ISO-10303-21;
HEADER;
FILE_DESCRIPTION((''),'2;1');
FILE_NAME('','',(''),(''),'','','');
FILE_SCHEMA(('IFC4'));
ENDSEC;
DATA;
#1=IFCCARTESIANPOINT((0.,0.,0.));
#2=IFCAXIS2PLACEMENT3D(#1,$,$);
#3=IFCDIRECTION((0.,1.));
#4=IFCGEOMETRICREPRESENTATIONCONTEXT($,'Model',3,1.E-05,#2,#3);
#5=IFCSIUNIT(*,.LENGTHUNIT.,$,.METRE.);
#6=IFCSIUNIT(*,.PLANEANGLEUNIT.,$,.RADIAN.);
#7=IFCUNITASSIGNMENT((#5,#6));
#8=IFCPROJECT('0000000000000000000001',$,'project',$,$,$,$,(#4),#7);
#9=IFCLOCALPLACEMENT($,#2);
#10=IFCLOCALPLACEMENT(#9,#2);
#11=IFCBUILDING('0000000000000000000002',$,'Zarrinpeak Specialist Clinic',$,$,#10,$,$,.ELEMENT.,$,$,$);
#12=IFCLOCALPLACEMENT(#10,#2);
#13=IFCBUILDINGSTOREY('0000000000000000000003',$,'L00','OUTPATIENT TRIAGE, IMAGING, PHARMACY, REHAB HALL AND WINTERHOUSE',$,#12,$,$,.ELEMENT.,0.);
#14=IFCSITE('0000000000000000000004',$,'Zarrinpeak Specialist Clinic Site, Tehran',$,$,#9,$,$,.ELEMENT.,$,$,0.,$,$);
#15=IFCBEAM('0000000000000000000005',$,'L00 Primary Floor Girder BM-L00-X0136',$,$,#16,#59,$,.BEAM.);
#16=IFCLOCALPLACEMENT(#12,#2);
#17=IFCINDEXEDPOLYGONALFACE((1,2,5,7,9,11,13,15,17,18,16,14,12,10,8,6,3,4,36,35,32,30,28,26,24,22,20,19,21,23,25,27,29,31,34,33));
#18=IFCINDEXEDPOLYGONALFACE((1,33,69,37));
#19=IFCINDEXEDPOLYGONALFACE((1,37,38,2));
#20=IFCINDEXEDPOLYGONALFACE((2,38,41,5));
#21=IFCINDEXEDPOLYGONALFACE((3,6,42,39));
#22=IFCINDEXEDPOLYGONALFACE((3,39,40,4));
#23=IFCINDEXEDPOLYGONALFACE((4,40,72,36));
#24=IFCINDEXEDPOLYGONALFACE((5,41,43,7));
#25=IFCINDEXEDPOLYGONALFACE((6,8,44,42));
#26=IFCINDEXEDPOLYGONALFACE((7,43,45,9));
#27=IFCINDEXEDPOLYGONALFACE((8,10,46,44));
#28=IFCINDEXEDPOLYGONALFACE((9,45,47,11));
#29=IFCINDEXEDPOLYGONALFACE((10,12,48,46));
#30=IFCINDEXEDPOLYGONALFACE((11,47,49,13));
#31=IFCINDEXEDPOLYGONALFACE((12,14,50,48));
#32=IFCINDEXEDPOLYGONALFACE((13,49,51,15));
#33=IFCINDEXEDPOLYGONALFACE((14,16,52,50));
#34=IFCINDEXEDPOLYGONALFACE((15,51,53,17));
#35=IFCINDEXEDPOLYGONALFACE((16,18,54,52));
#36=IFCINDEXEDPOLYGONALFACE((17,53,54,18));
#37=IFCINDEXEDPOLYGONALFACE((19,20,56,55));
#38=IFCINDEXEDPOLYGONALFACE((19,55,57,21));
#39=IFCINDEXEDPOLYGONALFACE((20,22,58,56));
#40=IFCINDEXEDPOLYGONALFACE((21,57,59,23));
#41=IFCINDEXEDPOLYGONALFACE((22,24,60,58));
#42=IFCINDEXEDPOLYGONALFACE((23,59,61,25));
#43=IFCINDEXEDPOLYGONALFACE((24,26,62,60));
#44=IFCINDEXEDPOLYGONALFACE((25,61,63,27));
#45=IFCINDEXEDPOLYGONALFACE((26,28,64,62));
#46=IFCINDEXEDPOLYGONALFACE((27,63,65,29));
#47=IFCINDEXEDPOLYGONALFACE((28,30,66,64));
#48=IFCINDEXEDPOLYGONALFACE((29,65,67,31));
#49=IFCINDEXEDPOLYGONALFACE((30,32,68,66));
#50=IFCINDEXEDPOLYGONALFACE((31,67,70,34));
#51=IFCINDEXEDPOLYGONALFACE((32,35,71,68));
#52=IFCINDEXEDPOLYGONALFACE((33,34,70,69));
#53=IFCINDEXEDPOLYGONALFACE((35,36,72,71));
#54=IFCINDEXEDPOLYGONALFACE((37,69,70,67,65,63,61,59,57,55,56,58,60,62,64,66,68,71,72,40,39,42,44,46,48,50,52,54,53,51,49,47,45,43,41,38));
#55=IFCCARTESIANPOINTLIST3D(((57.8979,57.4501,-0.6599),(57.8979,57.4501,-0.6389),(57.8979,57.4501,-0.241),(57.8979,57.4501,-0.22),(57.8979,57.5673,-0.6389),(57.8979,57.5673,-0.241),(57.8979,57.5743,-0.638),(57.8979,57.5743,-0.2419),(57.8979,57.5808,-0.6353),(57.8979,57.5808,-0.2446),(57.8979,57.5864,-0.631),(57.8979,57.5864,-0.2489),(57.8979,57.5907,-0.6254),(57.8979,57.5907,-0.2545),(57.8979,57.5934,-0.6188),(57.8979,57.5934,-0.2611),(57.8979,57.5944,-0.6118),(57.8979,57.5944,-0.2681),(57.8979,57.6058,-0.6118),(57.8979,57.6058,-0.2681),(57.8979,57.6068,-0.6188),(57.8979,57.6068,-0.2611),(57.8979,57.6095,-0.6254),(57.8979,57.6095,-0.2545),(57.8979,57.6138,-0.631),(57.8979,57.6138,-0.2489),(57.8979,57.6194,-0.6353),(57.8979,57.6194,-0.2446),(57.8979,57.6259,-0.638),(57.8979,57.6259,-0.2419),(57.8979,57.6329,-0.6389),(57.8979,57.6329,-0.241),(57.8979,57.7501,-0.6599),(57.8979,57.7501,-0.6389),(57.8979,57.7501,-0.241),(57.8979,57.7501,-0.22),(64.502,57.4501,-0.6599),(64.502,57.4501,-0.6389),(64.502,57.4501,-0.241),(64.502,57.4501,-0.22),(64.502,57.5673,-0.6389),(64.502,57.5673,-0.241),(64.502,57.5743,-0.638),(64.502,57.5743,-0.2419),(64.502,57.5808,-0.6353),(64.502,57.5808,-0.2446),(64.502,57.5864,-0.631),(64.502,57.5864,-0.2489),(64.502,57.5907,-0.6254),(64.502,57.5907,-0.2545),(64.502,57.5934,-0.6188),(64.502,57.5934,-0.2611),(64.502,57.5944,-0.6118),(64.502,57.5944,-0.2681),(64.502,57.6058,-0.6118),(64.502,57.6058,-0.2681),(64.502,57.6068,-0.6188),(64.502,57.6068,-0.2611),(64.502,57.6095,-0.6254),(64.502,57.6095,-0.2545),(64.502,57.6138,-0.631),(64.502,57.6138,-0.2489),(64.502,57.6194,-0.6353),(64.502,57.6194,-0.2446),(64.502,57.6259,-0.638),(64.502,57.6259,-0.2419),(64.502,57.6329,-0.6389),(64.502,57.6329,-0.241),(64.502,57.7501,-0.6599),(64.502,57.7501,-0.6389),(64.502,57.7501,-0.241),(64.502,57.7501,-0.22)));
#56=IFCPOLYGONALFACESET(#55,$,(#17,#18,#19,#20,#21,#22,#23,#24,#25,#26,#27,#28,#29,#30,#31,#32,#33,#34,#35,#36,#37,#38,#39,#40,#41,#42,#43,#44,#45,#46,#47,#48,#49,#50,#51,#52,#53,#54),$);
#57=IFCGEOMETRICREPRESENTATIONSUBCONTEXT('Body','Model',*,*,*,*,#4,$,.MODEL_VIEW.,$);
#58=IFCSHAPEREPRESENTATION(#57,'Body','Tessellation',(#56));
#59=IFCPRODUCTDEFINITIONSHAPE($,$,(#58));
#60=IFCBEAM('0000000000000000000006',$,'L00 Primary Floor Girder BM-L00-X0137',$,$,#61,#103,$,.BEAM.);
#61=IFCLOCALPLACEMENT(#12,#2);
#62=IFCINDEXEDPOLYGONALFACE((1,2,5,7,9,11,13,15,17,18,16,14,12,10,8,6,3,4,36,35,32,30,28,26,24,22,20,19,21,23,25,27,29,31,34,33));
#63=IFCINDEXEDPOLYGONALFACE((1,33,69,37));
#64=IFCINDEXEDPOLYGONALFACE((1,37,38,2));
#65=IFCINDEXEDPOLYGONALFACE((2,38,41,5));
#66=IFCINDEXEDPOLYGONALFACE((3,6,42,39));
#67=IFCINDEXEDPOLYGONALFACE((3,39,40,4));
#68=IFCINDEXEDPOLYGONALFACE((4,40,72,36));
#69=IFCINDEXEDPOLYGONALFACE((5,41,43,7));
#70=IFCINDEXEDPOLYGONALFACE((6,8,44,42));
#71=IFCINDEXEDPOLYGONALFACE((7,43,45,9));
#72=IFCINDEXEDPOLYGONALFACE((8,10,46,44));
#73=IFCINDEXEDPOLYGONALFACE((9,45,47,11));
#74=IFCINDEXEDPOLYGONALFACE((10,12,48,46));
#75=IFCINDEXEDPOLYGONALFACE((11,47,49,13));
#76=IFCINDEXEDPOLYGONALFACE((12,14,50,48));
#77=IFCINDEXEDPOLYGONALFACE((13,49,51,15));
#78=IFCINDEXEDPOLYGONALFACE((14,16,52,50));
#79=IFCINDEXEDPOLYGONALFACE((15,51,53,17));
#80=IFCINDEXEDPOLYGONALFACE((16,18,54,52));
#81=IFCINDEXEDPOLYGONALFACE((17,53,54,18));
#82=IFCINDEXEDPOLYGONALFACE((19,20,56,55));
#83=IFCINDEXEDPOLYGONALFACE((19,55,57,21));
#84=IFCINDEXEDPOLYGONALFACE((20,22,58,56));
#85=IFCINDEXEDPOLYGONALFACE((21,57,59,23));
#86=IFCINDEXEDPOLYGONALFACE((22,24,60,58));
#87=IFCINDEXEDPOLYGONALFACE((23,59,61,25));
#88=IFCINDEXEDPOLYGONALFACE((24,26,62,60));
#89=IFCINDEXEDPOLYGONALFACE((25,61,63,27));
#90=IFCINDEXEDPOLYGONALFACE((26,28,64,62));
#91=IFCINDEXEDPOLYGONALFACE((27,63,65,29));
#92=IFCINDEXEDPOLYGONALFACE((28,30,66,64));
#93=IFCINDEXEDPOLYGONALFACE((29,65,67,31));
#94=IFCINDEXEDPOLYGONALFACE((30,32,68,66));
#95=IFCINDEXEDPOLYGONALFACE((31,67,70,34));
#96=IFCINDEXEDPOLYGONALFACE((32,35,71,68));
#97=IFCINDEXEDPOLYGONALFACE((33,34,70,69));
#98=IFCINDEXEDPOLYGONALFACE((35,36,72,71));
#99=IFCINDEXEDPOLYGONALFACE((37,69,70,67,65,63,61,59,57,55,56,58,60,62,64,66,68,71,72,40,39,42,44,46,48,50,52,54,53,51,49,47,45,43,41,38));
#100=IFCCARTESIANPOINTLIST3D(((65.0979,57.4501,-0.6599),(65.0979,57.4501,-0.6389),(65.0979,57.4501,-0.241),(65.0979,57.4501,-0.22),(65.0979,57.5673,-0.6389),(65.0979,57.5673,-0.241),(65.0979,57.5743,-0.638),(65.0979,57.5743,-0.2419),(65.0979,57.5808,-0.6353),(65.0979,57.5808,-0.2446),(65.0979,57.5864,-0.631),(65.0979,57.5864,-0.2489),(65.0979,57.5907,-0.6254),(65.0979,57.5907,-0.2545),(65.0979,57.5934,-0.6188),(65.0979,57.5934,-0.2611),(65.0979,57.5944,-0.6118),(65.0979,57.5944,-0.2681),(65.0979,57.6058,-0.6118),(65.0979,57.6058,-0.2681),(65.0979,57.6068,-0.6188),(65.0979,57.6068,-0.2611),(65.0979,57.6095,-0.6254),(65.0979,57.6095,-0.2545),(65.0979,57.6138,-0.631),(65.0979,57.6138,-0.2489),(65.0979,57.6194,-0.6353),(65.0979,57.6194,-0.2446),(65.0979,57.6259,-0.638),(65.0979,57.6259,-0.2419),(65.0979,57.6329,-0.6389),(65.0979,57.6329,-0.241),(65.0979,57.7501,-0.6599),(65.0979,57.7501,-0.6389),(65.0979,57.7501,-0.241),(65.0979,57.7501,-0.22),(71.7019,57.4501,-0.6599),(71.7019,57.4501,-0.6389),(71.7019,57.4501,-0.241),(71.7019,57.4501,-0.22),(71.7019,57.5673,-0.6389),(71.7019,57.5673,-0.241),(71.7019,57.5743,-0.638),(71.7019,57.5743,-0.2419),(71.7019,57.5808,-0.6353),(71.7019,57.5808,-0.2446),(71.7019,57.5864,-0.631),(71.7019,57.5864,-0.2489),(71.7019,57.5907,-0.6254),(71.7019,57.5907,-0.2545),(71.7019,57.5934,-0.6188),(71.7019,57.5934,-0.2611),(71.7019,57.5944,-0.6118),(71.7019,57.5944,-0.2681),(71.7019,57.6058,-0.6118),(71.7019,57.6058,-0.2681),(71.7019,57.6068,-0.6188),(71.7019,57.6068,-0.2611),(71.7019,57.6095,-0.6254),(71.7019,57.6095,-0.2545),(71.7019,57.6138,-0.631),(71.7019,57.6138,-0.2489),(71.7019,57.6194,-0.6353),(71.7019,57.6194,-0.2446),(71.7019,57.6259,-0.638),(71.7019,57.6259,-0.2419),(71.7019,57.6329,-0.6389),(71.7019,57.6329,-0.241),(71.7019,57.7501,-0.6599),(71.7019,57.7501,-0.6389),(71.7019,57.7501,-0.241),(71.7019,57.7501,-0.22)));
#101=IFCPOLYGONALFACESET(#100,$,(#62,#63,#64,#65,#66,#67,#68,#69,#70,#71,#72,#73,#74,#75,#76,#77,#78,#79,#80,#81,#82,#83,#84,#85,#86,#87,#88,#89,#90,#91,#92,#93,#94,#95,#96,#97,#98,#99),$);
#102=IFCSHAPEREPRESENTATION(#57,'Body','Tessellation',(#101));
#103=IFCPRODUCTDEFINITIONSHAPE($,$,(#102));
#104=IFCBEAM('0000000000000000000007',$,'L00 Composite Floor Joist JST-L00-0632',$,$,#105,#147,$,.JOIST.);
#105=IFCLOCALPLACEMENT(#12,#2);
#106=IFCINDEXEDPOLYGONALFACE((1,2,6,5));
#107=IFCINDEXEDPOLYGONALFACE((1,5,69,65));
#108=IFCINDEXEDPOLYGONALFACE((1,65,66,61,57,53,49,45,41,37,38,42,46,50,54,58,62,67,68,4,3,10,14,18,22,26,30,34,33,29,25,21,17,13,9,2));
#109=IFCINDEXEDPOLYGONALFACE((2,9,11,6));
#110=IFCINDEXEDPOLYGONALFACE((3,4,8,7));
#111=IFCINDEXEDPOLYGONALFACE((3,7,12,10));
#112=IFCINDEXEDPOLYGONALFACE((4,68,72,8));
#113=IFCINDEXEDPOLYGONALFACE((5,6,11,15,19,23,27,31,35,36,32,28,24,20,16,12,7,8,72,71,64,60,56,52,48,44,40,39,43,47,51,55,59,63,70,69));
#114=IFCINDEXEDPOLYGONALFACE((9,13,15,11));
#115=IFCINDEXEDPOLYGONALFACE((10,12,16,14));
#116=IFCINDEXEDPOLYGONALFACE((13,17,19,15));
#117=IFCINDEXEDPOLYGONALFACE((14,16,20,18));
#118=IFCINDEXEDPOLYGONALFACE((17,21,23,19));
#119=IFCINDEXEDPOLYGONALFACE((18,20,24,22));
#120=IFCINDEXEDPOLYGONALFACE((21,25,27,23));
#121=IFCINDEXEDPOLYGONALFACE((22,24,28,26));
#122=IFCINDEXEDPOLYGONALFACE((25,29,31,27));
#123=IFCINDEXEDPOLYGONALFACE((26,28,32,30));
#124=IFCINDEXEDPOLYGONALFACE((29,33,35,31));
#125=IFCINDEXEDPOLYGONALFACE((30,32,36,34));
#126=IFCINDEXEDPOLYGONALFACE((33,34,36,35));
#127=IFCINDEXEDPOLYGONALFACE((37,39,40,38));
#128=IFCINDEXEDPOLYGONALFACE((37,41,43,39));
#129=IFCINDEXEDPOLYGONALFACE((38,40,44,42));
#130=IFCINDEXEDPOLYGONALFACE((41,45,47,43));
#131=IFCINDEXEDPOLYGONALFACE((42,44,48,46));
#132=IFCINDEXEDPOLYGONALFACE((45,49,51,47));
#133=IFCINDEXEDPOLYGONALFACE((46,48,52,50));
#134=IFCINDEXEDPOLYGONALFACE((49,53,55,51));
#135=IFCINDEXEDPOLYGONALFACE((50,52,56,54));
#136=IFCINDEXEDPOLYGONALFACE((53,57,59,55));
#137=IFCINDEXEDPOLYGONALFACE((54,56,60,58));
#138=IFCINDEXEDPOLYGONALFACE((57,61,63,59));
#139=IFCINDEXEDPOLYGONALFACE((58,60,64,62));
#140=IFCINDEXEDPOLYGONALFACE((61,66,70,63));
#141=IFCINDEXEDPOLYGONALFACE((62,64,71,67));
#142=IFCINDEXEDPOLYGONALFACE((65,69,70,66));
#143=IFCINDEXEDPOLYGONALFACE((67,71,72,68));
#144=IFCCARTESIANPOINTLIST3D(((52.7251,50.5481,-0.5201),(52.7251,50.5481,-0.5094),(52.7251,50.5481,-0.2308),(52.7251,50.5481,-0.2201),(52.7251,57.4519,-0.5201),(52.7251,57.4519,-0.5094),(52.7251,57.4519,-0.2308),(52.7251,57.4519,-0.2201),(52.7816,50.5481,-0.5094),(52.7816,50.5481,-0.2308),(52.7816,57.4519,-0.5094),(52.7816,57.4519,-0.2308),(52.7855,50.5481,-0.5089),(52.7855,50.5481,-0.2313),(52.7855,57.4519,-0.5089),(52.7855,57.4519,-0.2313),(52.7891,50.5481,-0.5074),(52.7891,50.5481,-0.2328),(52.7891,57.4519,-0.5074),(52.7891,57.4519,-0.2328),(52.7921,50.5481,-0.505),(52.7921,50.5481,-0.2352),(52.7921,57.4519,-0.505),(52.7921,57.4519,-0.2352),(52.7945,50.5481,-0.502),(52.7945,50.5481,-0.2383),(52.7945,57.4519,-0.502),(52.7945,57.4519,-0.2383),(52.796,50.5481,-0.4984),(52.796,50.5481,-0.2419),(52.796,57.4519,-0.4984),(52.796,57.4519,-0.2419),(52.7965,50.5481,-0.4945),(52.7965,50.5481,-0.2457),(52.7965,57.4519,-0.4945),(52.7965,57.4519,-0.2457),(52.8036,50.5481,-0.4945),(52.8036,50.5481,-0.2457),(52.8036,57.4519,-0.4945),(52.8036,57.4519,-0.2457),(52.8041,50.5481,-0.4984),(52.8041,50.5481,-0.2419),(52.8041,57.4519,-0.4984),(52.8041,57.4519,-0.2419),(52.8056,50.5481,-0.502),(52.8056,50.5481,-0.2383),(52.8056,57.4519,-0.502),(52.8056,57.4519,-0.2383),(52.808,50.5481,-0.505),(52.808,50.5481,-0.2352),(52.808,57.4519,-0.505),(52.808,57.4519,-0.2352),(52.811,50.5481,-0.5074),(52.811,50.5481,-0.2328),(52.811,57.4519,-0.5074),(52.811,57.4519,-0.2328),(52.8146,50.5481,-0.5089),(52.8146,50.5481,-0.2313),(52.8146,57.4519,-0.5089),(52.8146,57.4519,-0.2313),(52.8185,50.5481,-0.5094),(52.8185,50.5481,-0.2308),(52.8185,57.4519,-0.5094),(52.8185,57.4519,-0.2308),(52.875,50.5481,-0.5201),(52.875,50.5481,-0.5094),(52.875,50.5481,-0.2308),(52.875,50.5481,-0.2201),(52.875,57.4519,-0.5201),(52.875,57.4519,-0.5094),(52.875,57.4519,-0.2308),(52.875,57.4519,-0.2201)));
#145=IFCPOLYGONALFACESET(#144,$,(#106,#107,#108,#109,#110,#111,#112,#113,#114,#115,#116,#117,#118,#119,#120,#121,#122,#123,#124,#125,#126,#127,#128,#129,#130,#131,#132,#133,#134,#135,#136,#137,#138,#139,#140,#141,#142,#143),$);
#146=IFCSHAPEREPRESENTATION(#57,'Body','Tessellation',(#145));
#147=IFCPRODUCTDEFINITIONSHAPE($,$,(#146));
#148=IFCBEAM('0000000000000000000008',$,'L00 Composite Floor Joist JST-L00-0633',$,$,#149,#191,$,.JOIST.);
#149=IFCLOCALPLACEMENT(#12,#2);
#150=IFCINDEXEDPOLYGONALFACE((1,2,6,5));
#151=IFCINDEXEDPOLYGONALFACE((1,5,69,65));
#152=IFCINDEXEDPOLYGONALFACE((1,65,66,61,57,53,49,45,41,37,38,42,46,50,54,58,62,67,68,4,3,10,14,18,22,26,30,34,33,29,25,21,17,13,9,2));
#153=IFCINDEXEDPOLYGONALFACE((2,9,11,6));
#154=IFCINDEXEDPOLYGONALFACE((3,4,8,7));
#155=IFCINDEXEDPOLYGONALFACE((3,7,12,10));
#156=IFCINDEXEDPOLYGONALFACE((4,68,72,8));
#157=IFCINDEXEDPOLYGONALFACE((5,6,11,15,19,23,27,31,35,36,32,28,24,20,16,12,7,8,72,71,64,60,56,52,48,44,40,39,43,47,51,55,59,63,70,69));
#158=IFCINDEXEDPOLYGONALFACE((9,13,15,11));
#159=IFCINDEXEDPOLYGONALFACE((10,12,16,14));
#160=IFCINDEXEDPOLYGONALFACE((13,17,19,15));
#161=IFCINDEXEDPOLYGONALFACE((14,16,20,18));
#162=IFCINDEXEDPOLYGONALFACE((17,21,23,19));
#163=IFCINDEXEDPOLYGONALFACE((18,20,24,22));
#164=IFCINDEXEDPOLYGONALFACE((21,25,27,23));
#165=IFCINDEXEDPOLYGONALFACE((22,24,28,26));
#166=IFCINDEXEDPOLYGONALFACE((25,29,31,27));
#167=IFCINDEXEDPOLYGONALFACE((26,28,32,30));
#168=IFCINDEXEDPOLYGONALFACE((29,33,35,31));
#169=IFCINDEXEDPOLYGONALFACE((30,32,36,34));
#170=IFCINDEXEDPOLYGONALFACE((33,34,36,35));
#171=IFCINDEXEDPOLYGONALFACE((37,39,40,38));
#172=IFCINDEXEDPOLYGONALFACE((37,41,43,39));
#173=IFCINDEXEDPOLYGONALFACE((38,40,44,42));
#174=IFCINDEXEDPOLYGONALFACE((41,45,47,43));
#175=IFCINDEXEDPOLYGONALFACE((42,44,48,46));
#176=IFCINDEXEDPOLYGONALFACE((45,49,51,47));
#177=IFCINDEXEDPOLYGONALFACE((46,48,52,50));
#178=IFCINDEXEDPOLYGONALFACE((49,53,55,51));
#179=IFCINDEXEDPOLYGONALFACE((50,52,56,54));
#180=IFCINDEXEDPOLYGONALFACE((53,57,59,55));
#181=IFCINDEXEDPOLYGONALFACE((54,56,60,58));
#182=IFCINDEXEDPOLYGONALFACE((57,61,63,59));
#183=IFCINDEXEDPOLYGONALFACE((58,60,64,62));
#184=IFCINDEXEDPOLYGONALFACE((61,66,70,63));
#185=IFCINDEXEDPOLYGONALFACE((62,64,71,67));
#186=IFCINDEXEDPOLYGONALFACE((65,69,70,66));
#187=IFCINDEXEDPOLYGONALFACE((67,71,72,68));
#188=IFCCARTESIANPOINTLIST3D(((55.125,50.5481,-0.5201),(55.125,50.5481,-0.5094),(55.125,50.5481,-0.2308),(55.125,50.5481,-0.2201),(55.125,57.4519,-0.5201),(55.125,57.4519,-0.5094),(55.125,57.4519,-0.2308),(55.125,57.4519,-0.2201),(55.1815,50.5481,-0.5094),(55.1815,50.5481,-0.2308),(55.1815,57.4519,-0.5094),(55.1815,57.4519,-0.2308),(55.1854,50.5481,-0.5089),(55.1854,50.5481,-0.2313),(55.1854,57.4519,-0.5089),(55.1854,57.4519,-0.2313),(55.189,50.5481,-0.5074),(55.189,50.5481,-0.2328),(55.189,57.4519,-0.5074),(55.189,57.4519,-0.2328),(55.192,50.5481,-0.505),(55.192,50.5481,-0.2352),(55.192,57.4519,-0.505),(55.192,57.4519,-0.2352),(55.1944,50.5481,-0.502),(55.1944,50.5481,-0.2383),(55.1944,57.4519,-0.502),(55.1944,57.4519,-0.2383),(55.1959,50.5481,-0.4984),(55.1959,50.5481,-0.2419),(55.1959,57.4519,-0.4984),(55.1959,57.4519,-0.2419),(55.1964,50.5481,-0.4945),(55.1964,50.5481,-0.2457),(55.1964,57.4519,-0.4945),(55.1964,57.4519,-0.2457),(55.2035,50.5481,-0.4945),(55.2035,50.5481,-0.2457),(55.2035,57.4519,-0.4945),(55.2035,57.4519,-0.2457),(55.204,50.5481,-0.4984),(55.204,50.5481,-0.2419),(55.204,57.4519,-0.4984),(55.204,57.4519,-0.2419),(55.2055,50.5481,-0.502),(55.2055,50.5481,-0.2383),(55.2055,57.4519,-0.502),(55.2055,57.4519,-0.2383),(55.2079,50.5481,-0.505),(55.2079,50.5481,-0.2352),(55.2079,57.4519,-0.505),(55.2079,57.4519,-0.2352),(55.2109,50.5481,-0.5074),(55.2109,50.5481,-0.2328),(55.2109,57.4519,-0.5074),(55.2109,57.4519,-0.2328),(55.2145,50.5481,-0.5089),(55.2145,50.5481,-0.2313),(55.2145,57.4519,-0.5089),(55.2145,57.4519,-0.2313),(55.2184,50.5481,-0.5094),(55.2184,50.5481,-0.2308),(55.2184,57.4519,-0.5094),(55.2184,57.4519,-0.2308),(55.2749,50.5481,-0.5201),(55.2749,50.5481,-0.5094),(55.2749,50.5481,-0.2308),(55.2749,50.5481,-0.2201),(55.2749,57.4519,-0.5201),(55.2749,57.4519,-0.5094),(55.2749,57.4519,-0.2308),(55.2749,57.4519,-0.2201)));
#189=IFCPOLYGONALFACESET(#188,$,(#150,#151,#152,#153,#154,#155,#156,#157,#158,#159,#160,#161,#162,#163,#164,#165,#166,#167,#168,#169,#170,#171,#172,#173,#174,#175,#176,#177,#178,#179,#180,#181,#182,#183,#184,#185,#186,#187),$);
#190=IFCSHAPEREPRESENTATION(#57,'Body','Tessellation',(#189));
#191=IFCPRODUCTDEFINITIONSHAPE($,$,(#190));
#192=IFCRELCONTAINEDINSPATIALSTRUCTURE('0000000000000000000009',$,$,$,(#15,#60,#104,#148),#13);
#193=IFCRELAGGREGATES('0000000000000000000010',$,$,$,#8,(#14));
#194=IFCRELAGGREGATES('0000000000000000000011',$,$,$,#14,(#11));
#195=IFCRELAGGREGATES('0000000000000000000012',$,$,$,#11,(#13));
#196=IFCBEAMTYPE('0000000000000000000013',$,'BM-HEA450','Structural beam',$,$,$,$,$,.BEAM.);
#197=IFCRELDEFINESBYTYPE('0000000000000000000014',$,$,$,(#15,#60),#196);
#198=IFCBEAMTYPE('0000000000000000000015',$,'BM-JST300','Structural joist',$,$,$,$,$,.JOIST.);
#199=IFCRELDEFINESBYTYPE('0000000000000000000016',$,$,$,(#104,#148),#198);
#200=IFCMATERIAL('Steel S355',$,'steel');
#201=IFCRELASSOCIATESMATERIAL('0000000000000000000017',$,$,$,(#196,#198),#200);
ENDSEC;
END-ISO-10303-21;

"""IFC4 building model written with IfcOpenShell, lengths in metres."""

from ifc_helpers import new_model, si_unit, direction, frame, origin, origin_2d, place, context, subcontext, project, spatial, i_section, extrude, material, material_profile, profile_set, type_object, element, save


model = new_model("IFC4")

# Units and contexts
model_context = context("Model", 3, precision=1e-05, world=origin(), true_north=direction((0.0, 1.0)))
body_context = subcontext(model_context, "Body", "Model", "MODEL_VIEW")
ifc_project = project(units=[si_unit("LENGTHUNIT", "METRE"), si_unit("PLANEANGLEUNIT", "RADIAN")], contexts=[model_context])

# Site, building, storey
site_placement = place(None, origin())
site = spatial("IfcSite", under=ifc_project, at=site_placement, Name="Zarrinpeak Specialist Clinic Site, Tehran", CompositionType="ELEMENT", RefElevation=0.0)
building_placement = place(site_placement, origin())
building = spatial("IfcBuilding", under=site, at=building_placement, Name="Zarrinpeak Specialist Clinic", CompositionType="ELEMENT")
storey_placement = place(building_placement, origin())
storey = spatial("IfcBuildingStorey", under=building, at=storey_placement, Name="L00", Description="OUTPATIENT TRIAGE, IMAGING, PHARMACY, REHAB HALL AND WINTERHOUSE", CompositionType="ELEMENT", Elevation=0.0)

# Beams
ifc_material = material(Name="Steel S355", Category="steel")
ifc_material_profile_1 = material_profile(ifc_material, i_section(OverallWidth=0.3, OverallDepth=0.4399, WebThickness=0.0115, FlangeThickness=0.021, FilletRadius=0.0271, at=origin_2d()), Name="HEA 450")
ifc_profile_set_1 = profile_set([ifc_material_profile_1], Name="Steel S355")
beam_type_1 = type_object("IfcBeamType", Name="BM-HEA450", Description="Structural beam", PredefinedType="BEAM", material=ifc_profile_set_1)
for number, where, z_axis, x_axis, name in (
    (1, (57.8979, 57.6001, -0.4399), (1.0, 0.0, 0.0), (0.0, 1.0, 0.0), "L00 Primary Floor Girder BM-L00-X0136"),
    (2, (65.0979, 57.6001, -0.4399), (1.0, 0.0, 0.0), (0.0, 1.0, 0.0), "L00 Primary Floor Girder BM-L00-X0137"),
):
    element("IfcBeam", number, at=place(storey_placement, frame(where, z_axis=z_axis, x_axis=x_axis)), inside=storey, type_object=beam_type_1, Name=name, PredefinedType="BEAM", context=body_context, shape_type="SweptSolid", body=[
        extrude(i_section(OverallWidth=0.3, OverallDepth=0.4399, WebThickness=0.0115, FlangeThickness=0.021, FilletRadius=0.0271, at=origin_2d()), origin(), (0.0, 0.0, 1.0), 6.604),
    ])
ifc_material_profile_2 = material_profile(ifc_material, i_section(OverallWidth=0.1499, OverallDepth=0.3, WebThickness=0.0071, FlangeThickness=0.0107, FilletRadius=0.0149, at=origin_2d()), Name="IPE 300")
ifc_profile_set_2 = profile_set([ifc_material_profile_2], Name="Steel S355")
beam_type_2 = type_object("IfcBeamType", Name="BM-JST300", Description="Structural joist", PredefinedType="JOIST", material=ifc_profile_set_2)
for number, where, z_axis, x_axis, name in (
    (3, (52.8, 50.5481, -0.3701), (0.0, 1.0, 0.0), (-1.0, 0.0, 0.0), "L00 Composite Floor Joist JST-L00-0632"),
    (4, (55.2, 50.5481, -0.3701), (0.0, 1.0, 0.0), (-1.0, 0.0, 0.0), "L00 Composite Floor Joist JST-L00-0633"),
):
    element("IfcBeam", number, at=place(storey_placement, frame(where, z_axis=z_axis, x_axis=x_axis)), inside=storey, type_object=beam_type_2, Name=name, PredefinedType="JOIST", context=body_context, shape_type="SweptSolid", body=[
        extrude(i_section(OverallWidth=0.1499, OverallDepth=0.3, WebThickness=0.0071, FlangeThickness=0.0107, FilletRadius=0.0149, at=origin_2d()), origin(), (0.0, 0.0, 1.0), 6.9038),
    ])

save(model, "model.ifc")
